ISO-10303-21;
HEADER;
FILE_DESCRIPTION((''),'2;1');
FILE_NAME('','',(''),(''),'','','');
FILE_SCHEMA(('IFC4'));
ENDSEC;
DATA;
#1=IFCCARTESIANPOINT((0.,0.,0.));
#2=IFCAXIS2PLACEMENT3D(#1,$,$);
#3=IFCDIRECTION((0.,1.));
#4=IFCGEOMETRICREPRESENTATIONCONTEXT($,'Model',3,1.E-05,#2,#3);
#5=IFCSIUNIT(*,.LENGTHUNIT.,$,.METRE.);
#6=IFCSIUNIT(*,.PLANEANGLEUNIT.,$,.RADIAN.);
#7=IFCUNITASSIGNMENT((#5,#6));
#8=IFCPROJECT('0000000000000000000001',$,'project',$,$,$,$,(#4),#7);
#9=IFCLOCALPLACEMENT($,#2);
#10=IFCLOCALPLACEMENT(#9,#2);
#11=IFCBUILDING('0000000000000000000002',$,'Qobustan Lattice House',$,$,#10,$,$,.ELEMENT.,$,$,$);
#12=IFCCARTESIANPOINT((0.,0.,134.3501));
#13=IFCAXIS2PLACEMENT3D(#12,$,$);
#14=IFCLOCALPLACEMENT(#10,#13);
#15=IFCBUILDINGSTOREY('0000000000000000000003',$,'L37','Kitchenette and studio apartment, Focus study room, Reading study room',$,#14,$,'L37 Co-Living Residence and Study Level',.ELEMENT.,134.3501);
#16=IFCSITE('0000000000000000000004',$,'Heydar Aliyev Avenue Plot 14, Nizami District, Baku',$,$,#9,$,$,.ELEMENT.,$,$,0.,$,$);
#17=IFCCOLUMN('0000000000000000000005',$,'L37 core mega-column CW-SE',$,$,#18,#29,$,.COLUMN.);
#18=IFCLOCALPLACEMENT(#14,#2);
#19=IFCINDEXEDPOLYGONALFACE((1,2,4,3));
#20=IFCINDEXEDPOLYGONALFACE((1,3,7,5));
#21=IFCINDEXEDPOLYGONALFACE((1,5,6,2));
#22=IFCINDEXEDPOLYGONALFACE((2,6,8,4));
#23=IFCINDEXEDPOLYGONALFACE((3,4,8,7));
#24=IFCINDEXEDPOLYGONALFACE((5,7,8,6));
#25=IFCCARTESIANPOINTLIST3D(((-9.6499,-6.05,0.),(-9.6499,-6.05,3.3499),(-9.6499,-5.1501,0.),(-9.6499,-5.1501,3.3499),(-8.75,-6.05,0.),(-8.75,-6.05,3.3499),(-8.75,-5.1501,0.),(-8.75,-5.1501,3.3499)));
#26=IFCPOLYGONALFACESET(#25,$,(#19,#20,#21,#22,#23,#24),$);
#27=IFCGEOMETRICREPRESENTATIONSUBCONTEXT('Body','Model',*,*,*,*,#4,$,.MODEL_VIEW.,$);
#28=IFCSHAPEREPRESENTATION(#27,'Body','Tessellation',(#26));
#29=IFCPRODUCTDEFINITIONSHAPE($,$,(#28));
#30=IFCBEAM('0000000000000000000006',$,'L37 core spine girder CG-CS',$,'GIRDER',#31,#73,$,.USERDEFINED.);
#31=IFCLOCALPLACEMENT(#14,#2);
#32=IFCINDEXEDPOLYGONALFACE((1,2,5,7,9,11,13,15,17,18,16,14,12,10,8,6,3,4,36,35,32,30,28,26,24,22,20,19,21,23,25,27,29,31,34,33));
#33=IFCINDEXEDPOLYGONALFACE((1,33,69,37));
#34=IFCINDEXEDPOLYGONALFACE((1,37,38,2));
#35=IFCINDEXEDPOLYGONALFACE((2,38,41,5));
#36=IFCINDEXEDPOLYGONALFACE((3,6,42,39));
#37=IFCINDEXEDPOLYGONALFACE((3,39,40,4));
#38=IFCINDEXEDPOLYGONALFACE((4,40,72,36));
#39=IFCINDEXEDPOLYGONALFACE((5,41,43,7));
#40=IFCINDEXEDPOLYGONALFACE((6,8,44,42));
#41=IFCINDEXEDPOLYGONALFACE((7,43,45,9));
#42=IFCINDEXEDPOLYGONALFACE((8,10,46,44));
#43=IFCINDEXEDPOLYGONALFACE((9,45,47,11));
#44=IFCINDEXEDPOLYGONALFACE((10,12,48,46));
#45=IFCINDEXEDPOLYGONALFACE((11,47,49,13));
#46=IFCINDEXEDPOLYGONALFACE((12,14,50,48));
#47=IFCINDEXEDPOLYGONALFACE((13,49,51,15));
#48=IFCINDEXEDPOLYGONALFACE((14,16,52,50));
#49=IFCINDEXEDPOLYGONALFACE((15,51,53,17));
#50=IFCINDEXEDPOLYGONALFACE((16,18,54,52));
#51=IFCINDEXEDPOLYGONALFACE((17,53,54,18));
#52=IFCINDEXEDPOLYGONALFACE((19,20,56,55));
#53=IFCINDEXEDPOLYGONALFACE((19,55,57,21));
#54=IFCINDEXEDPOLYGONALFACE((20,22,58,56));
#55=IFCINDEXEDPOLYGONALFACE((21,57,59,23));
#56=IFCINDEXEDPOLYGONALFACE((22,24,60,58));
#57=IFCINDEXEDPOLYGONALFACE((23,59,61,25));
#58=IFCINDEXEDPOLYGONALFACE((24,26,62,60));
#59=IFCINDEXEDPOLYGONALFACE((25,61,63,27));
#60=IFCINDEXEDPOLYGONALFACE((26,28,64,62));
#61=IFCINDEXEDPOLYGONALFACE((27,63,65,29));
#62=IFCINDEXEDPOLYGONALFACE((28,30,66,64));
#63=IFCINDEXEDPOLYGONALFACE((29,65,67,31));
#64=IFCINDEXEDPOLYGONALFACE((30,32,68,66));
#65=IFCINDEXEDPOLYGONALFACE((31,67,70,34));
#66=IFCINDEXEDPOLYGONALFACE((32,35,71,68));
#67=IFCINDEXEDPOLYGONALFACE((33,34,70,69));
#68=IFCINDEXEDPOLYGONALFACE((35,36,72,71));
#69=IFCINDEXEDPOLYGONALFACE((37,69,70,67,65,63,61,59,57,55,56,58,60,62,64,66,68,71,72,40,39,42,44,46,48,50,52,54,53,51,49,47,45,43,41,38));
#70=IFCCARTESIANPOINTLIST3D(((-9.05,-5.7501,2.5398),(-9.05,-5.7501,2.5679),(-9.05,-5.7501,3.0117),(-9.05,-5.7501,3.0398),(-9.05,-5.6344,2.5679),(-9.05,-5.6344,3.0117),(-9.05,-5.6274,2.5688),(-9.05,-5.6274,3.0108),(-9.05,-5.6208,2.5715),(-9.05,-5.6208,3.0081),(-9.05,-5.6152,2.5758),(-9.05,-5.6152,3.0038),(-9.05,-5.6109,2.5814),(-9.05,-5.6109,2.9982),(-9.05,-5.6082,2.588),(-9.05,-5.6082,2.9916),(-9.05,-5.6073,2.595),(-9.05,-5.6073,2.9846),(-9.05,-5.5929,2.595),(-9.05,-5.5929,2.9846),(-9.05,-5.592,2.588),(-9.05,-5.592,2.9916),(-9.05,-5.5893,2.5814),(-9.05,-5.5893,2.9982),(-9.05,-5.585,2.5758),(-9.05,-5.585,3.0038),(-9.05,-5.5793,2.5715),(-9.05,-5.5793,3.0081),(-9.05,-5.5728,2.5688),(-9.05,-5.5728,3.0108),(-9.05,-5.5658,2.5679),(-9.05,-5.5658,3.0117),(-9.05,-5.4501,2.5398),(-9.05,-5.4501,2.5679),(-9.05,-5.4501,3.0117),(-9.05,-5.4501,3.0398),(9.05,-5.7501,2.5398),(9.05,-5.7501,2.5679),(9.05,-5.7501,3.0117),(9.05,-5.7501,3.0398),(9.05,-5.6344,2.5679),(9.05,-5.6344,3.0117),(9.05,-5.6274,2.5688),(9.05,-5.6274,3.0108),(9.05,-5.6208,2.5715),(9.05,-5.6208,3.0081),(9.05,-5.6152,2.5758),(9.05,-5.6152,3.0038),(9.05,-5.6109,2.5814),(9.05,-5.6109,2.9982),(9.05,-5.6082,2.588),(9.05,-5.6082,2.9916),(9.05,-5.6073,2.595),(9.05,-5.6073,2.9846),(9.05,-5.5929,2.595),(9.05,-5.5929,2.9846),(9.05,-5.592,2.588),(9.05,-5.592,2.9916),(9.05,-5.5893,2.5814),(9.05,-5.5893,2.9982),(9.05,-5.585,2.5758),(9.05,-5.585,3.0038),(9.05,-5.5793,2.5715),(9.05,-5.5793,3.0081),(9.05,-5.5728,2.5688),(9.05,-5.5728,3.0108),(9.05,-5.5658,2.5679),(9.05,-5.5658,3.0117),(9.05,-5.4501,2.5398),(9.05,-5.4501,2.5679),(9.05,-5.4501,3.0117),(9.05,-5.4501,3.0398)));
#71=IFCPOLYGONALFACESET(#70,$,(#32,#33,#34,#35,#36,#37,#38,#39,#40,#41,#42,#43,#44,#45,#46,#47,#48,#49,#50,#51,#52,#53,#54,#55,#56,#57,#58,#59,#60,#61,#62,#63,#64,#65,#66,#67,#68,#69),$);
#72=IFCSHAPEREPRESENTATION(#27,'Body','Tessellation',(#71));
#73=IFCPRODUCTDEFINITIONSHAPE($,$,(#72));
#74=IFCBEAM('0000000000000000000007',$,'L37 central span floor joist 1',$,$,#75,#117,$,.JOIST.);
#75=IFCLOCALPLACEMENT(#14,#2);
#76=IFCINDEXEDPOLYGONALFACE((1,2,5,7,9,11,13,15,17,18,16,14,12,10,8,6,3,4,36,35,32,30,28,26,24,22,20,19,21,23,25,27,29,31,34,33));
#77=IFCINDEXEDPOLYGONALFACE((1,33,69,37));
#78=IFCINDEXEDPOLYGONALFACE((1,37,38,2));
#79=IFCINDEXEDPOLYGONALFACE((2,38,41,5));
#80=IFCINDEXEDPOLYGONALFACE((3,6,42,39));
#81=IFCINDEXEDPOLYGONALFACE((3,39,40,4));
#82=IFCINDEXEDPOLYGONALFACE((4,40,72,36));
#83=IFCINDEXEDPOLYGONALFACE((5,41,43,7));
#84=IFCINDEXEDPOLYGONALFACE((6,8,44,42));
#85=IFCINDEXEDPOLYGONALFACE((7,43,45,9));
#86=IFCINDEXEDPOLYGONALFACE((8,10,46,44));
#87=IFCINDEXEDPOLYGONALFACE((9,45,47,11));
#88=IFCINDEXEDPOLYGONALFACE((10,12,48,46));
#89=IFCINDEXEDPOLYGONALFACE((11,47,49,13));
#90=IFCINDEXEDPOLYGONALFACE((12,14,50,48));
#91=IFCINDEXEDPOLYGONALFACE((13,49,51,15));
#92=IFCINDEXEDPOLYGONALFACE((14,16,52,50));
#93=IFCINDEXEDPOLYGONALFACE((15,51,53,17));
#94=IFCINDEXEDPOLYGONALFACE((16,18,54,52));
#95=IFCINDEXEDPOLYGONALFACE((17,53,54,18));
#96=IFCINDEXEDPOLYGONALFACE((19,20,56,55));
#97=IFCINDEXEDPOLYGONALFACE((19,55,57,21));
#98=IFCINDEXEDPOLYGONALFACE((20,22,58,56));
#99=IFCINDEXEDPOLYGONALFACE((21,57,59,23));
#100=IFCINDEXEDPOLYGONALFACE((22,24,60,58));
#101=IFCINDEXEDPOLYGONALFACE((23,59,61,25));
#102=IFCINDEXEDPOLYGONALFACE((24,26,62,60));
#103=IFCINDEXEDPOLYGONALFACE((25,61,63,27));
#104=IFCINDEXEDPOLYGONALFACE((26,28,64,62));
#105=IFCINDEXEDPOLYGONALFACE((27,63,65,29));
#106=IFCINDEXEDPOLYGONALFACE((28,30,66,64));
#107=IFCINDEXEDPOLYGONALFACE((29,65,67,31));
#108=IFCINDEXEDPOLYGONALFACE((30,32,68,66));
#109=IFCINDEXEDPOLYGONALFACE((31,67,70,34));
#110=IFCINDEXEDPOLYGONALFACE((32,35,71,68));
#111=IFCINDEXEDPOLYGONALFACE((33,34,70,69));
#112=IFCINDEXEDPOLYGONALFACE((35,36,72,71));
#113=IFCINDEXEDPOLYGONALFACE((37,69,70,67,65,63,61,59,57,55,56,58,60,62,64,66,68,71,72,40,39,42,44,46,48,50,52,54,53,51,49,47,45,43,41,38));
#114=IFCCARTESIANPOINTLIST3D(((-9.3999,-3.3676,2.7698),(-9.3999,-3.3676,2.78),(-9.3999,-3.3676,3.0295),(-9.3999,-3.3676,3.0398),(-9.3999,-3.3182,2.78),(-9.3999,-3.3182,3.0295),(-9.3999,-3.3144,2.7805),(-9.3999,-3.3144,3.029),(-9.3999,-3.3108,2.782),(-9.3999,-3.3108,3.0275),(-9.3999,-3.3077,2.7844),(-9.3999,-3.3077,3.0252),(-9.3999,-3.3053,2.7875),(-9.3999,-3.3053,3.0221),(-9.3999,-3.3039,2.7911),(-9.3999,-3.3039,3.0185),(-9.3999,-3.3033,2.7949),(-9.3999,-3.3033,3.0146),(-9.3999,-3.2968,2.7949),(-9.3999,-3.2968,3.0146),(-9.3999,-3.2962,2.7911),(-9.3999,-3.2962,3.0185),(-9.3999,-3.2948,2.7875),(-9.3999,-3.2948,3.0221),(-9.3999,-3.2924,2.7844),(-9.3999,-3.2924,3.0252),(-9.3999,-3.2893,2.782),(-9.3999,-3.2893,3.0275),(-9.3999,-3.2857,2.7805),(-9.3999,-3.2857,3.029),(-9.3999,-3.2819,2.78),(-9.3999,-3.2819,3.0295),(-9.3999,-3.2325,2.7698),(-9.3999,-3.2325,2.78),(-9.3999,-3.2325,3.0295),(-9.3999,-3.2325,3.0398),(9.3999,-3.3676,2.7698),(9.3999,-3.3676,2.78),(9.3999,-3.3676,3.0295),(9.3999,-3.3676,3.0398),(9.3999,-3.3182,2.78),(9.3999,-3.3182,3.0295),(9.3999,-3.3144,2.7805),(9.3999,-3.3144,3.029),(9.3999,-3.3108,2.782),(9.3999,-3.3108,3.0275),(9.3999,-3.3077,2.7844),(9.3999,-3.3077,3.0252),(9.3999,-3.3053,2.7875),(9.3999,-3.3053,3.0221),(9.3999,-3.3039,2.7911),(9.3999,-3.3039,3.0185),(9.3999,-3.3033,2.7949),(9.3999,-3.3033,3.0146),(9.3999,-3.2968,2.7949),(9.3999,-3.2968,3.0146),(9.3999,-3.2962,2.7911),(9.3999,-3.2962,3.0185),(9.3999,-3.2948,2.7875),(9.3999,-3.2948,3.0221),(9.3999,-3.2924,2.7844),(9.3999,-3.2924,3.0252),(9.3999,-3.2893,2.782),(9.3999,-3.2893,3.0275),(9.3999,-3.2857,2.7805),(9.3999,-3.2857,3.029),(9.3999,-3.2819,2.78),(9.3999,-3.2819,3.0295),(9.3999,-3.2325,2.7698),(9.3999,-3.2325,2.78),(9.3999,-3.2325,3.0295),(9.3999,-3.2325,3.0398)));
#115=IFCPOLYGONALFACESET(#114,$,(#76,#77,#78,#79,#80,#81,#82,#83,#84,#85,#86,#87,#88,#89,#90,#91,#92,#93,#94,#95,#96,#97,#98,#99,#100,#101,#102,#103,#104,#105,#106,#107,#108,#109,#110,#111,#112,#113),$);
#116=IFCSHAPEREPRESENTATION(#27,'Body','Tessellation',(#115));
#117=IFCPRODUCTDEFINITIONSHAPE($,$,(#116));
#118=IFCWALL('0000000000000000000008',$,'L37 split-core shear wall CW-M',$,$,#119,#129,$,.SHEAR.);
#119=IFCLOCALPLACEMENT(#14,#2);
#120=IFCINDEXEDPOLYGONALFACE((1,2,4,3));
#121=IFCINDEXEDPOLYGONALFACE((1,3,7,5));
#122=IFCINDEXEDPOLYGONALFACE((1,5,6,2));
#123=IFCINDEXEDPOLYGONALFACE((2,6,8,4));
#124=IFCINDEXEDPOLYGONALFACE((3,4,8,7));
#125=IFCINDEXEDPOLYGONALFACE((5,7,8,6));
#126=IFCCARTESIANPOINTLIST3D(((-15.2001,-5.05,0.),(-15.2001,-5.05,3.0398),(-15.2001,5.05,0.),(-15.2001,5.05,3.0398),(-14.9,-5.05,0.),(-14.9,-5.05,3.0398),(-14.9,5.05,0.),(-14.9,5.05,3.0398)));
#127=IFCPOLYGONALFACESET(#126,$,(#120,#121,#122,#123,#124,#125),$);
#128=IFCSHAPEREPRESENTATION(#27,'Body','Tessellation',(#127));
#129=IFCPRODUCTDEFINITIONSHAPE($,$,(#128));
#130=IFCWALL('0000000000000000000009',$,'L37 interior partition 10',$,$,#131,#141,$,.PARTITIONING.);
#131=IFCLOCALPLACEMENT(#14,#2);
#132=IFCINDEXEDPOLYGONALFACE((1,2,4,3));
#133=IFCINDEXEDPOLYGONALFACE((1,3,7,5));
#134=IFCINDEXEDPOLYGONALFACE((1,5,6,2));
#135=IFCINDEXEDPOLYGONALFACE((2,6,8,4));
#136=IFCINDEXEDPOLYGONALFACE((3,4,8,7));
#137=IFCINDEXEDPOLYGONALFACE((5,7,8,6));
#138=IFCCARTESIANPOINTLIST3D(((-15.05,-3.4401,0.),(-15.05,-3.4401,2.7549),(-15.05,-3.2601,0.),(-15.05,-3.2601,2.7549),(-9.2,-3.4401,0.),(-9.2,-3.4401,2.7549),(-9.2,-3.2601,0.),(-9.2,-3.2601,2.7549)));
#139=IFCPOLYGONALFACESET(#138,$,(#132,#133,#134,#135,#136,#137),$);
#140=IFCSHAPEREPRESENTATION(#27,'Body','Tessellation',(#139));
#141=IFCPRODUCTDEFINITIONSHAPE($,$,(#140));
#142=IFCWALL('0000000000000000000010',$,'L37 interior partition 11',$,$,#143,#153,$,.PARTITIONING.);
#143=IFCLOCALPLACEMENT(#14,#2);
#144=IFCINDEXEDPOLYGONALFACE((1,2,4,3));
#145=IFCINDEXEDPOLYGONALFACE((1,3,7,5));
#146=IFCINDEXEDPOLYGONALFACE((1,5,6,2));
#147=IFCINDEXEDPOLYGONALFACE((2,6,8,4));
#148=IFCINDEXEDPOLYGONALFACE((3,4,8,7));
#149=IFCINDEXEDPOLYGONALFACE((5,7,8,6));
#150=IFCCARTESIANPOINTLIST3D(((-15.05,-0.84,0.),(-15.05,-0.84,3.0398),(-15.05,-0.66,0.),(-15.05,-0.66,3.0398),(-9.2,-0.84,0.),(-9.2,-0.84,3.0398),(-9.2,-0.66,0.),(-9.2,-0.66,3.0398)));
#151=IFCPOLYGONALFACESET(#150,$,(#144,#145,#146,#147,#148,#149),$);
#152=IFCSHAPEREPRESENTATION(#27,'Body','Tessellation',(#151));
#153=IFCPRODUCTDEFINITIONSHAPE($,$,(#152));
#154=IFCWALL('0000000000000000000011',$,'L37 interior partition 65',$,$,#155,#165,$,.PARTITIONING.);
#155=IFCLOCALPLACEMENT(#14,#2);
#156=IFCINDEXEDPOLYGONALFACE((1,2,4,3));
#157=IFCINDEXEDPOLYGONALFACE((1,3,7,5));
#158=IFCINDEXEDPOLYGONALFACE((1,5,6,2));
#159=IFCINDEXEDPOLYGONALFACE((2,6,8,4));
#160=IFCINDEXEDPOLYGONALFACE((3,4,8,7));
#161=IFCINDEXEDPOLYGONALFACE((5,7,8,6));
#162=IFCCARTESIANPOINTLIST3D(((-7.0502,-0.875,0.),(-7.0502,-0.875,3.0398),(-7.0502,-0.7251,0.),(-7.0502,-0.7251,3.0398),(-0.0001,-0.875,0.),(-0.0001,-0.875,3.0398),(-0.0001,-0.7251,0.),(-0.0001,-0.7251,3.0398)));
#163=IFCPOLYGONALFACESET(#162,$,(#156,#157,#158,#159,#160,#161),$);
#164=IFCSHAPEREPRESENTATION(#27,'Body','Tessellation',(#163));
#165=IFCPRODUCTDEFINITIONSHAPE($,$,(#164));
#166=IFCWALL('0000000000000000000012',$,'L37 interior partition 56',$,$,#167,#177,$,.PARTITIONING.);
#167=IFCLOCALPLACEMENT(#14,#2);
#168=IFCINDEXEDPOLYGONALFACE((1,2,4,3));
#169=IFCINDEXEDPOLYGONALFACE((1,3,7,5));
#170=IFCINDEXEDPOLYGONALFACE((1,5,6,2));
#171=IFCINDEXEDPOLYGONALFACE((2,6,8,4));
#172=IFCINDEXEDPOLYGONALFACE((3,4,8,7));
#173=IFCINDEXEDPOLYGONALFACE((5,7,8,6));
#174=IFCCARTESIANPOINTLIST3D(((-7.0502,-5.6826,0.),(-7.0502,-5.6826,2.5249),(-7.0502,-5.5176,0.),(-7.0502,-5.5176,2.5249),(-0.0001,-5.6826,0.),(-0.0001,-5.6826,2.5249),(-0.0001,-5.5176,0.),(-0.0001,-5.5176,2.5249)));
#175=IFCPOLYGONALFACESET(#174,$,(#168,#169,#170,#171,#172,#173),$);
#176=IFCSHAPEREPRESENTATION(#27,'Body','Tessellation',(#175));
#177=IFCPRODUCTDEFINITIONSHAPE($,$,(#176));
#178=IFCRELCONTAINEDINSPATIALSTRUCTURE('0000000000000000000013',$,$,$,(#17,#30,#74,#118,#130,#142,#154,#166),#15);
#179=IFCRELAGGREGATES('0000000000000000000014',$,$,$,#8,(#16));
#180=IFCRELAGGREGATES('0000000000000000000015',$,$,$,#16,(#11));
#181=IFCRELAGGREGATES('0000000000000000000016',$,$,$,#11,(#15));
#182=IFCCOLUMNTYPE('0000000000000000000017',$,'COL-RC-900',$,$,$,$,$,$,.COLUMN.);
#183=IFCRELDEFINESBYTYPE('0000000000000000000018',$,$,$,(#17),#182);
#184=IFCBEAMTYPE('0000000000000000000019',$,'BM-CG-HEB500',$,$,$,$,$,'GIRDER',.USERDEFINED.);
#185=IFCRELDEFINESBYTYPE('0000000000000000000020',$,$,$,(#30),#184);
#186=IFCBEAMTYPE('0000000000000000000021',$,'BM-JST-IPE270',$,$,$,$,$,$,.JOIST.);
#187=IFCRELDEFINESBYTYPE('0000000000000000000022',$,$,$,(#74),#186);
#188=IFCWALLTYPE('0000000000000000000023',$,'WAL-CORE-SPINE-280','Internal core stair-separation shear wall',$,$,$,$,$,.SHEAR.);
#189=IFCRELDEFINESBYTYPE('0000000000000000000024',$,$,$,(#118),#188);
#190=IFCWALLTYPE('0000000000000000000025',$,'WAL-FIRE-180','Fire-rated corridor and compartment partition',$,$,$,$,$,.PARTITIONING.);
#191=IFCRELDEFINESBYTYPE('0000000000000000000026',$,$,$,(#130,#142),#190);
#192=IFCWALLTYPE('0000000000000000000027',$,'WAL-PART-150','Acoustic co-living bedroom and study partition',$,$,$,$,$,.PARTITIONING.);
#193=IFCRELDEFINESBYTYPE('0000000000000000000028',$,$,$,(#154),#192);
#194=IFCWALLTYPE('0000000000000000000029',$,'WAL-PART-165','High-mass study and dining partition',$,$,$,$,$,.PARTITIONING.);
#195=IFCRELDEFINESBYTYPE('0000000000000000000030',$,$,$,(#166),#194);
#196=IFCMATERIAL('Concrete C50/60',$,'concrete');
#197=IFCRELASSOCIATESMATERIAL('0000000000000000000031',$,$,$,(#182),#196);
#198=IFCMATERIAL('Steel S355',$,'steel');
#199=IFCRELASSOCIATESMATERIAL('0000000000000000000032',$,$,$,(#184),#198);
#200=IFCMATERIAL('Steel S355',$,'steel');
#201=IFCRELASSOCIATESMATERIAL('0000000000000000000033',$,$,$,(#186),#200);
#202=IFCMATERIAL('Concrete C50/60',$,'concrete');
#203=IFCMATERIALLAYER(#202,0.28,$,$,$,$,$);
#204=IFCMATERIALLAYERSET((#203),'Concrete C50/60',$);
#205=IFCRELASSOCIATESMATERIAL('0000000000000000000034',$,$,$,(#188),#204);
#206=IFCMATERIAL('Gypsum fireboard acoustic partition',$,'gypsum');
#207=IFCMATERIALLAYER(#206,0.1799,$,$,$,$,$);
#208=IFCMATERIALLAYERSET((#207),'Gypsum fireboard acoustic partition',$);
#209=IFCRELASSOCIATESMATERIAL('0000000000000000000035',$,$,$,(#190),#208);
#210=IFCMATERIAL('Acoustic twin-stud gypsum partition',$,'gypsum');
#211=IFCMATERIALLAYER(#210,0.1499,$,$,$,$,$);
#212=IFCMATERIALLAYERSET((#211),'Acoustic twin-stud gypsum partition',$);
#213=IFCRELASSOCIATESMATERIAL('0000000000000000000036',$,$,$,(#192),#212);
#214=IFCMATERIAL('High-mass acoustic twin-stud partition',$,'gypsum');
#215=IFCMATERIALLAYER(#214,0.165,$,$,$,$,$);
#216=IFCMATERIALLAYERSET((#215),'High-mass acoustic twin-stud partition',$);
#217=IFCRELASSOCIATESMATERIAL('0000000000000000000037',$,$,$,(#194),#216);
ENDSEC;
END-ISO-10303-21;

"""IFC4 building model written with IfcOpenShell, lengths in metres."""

from ifc_helpers import new_model, si_unit, direction, frame, frame_2d, origin, origin_2d, place, context, subcontext, project, spatial, rectangle, i_section, extrude, material, layer, layer_set, material_profile, profile_set, type_object, element, save


model = new_model("IFC4")

# Units and contexts
model_context = context("Model", 3, precision=1e-05, world=origin(), true_north=direction((0.0, 1.0)))
body_context = subcontext(model_context, "Body", "Model", "MODEL_VIEW")
ifc_project = project(units=[si_unit("LENGTHUNIT", "METRE"), si_unit("PLANEANGLEUNIT", "RADIAN")], contexts=[model_context])

# Site, building, storey
site_placement = place(None, origin())
site = spatial("IfcSite", under=ifc_project, at=site_placement, Name="Heydar Aliyev Avenue Plot 14, Nizami District, Baku", CompositionType="ELEMENT", RefElevation=0.0)
building_placement = place(site_placement, origin())
building = spatial("IfcBuilding", under=site, at=building_placement, Name="Qobustan Lattice House", CompositionType="ELEMENT")
storey_placement = place(building_placement, frame((0.0, 0.0, 134.3501)))
storey = spatial("IfcBuildingStorey", under=building, at=storey_placement, Name="L37", Description="Kitchenette and studio apartment, Focus study room, Reading study room", LongName="L37 Co-Living Residence and Study Level", CompositionType="ELEMENT", Elevation=134.3501)

# Column
ifc_material_1 = material(Name="Concrete C50/60", Category="concrete")
ifc_material_profile_1 = material_profile(ifc_material_1, rectangle(XDim=0.8999, YDim=0.8999, at=origin_2d()), Name="RC900x900")
ifc_profile_set_1 = profile_set([ifc_material_profile_1], Name="Concrete C50/60")
column_type = type_object("IfcColumnType", Name="COL-RC-900", PredefinedType="COLUMN", material=ifc_profile_set_1)
column_placement = place(storey_placement, frame((-9.2, -5.6001, 0.0), z_axis=(0.0, 0.0, 1.0), x_axis=(1.0, 0.0, 0.0)))
element("IfcColumn", 1, at=column_placement, inside=storey, type_object=column_type, Name="L37 core mega-column CW-SE", PredefinedType="COLUMN", context=body_context, shape_type="SweptSolid", body=[
    extrude(rectangle(XDim=0.8999, YDim=0.8999, at=origin_2d()), origin(), (0.0, 0.0, 1.0), 3.3499),
])

# Beams
ifc_material_2 = material(Name="Steel S355", Category="steel")
ifc_material_profile_2 = material_profile(ifc_material_2, i_section(OverallWidth=0.3, OverallDepth=0.5, WebThickness=0.0144, FlangeThickness=0.0281, FilletRadius=0.0271, at=origin_2d()), Name="HEB500")
ifc_profile_set_2 = profile_set([ifc_material_profile_2], Name="Steel S355")
beam_type_1 = type_object("IfcBeamType", Name="BM-CG-HEB500", ElementType="GIRDER", PredefinedType="USERDEFINED", material=ifc_profile_set_2)
beam_1_placement = place(storey_placement, frame((-9.05, -5.6001, 2.7898), z_axis=(1.0, 0.0, 0.0), x_axis=(0.0, 1.0, 0.0)))
element("IfcBeam", 2, at=beam_1_placement, inside=storey, type_object=beam_type_1, Name="L37 core spine girder CG-CS", ObjectType="GIRDER", PredefinedType="USERDEFINED", context=body_context, shape_type="SweptSolid", body=[
    extrude(i_section(OverallWidth=0.3, OverallDepth=0.5, WebThickness=0.0144, FlangeThickness=0.0281, FilletRadius=0.0271, at=origin_2d()), origin(), (0.0, 0.0, 1.0), 18.1001),
])
ifc_material_3 = material(Name="Steel S355", Category="steel")
ifc_material_profile_3 = material_profile(ifc_material_3, i_section(OverallWidth=0.135, OverallDepth=0.27, WebThickness=0.0066, FlangeThickness=0.0103, FilletRadius=0.0149, at=origin_2d()), Name="IPE270")
ifc_profile_set_3 = profile_set([ifc_material_profile_3], Name="Steel S355")
beam_type_2 = type_object("IfcBeamType", Name="BM-JST-IPE270", PredefinedType="JOIST", material=ifc_profile_set_3)
beam_2_placement = place(storey_placement, frame((-9.3999, -3.3, 2.9048), z_axis=(1.0, 0.0, 0.0), x_axis=(0.0, 1.0, 0.0)))
element("IfcBeam", 3, at=beam_2_placement, inside=storey, type_object=beam_type_2, Name="L37 central span floor joist 1", PredefinedType="JOIST", context=body_context, shape_type="SweptSolid", body=[
    extrude(i_section(OverallWidth=0.135, OverallDepth=0.27, WebThickness=0.0066, FlangeThickness=0.0103, FilletRadius=0.0149, at=origin_2d()), origin(), (0.0, 0.0, 1.0), 18.7998),
])

# Walls
ifc_material_4 = material(Name="Concrete C50/60", Category="concrete")
ifc_layer_1 = layer(ifc_material_4, 0.28)
ifc_layer_set_1 = layer_set([ifc_layer_1], Name="Concrete C50/60")
wall_type_1 = type_object("IfcWallType", Name="WAL-CORE-SPINE-280", Description="Internal core stair-separation shear wall", PredefinedType="SHEAR", material=ifc_layer_set_1)
wall_1_placement = place(storey_placement, frame((-15.05, -5.05, 0.0), z_axis=(0.0, 0.0, 1.0), x_axis=(0.0, 1.0, 0.0)))
element("IfcWall", 4, at=wall_1_placement, inside=storey, type_object=wall_type_1, Name="L37 split-core shear wall CW-M", PredefinedType="SHEAR", context=body_context, shape_type="SweptSolid", body=[
    extrude(rectangle(XDim=10.1001, YDim=0.3, at=frame_2d((5.05, 0.0))), origin(), (0.0, 0.0, 1.0), 3.0398),
])
ifc_material_5 = material(Name="Gypsum fireboard acoustic partition", Category="gypsum")
ifc_layer_2 = layer(ifc_material_5, 0.1799)
ifc_layer_set_2 = layer_set([ifc_layer_2], Name="Gypsum fireboard acoustic partition")
wall_type_2 = type_object("IfcWallType", Name="WAL-FIRE-180", Description="Fire-rated corridor and compartment partition", PredefinedType="PARTITIONING", material=ifc_layer_set_2)
wall_2_placement = place(storey_placement, frame((-15.05, -3.3501, 0.0), z_axis=(0.0, 0.0, 1.0), x_axis=(1.0, 0.0, 0.0)))
element("IfcWall", 5, at=wall_2_placement, inside=storey, type_object=wall_type_2, Name="L37 interior partition 10", PredefinedType="PARTITIONING", context=body_context, shape_type="SweptSolid", body=[
    extrude(rectangle(XDim=5.8501, YDim=0.1799, at=frame_2d((2.925, 0.0))), origin(), (0.0, 0.0, 1.0), 2.7549),
])
wall_3_placement = place(storey_placement, frame((-9.2, -0.75, 0.0), z_axis=(0.0, 0.0, 1.0), x_axis=(-1.0, 0.0, 0.0)))
element("IfcWall", 6, at=wall_3_placement, inside=storey, type_object=wall_type_2, Name="L37 interior partition 11", PredefinedType="PARTITIONING", context=body_context, shape_type="SweptSolid", body=[
    extrude(rectangle(XDim=5.8501, YDim=0.1799, at=frame_2d((2.925, 0.0))), origin(), (0.0, 0.0, 1.0), 3.0398),
])
ifc_material_6 = material(Name="Acoustic twin-stud gypsum partition", Category="gypsum")
ifc_layer_3 = layer(ifc_material_6, 0.1499)
ifc_layer_set_3 = layer_set([ifc_layer_3], Name="Acoustic twin-stud gypsum partition")
wall_type_3 = type_object("IfcWallType", Name="WAL-PART-150", Description="Acoustic co-living bedroom and study partition", PredefinedType="PARTITIONING", material=ifc_layer_set_3)
wall_4_placement = place(storey_placement, frame((-7.05, -0.8, 0.0), z_axis=(0.0, 0.0, 1.0), x_axis=(1.0, 0.0, 0.0)))
element("IfcWall", 7, at=wall_4_placement, inside=storey, type_object=wall_type_3, Name="L37 interior partition 65", PredefinedType="PARTITIONING", context=body_context, shape_type="SweptSolid", body=[
    extrude(rectangle(XDim=7.05, YDim=0.1499, at=frame_2d((3.5249, 0.0))), origin(), (0.0, 0.0, 1.0), 3.0398),
])
ifc_material_7 = material(Name="High-mass acoustic twin-stud partition", Category="gypsum")
ifc_layer_4 = layer(ifc_material_7, 0.165)
ifc_layer_set_4 = layer_set([ifc_layer_4], Name="High-mass acoustic twin-stud partition")
wall_type_4 = type_object("IfcWallType", Name="WAL-PART-165", Description="High-mass study and dining partition", PredefinedType="PARTITIONING", material=ifc_layer_set_4)
wall_5_placement = place(storey_placement, frame((-7.05, -5.6001, 0.0), z_axis=(0.0, 0.0, 1.0), x_axis=(1.0, 0.0, 0.0)))
element("IfcWall", 8, at=wall_5_placement, inside=storey, type_object=wall_type_4, Name="L37 interior partition 56", PredefinedType="PARTITIONING", context=body_context, shape_type="SweptSolid", body=[
    extrude(rectangle(XDim=7.05, YDim=0.165, at=frame_2d((3.5249, 0.0))), origin(), (0.0, 0.0, 1.0), 2.5249),
])

save(model, "model.ifc")
